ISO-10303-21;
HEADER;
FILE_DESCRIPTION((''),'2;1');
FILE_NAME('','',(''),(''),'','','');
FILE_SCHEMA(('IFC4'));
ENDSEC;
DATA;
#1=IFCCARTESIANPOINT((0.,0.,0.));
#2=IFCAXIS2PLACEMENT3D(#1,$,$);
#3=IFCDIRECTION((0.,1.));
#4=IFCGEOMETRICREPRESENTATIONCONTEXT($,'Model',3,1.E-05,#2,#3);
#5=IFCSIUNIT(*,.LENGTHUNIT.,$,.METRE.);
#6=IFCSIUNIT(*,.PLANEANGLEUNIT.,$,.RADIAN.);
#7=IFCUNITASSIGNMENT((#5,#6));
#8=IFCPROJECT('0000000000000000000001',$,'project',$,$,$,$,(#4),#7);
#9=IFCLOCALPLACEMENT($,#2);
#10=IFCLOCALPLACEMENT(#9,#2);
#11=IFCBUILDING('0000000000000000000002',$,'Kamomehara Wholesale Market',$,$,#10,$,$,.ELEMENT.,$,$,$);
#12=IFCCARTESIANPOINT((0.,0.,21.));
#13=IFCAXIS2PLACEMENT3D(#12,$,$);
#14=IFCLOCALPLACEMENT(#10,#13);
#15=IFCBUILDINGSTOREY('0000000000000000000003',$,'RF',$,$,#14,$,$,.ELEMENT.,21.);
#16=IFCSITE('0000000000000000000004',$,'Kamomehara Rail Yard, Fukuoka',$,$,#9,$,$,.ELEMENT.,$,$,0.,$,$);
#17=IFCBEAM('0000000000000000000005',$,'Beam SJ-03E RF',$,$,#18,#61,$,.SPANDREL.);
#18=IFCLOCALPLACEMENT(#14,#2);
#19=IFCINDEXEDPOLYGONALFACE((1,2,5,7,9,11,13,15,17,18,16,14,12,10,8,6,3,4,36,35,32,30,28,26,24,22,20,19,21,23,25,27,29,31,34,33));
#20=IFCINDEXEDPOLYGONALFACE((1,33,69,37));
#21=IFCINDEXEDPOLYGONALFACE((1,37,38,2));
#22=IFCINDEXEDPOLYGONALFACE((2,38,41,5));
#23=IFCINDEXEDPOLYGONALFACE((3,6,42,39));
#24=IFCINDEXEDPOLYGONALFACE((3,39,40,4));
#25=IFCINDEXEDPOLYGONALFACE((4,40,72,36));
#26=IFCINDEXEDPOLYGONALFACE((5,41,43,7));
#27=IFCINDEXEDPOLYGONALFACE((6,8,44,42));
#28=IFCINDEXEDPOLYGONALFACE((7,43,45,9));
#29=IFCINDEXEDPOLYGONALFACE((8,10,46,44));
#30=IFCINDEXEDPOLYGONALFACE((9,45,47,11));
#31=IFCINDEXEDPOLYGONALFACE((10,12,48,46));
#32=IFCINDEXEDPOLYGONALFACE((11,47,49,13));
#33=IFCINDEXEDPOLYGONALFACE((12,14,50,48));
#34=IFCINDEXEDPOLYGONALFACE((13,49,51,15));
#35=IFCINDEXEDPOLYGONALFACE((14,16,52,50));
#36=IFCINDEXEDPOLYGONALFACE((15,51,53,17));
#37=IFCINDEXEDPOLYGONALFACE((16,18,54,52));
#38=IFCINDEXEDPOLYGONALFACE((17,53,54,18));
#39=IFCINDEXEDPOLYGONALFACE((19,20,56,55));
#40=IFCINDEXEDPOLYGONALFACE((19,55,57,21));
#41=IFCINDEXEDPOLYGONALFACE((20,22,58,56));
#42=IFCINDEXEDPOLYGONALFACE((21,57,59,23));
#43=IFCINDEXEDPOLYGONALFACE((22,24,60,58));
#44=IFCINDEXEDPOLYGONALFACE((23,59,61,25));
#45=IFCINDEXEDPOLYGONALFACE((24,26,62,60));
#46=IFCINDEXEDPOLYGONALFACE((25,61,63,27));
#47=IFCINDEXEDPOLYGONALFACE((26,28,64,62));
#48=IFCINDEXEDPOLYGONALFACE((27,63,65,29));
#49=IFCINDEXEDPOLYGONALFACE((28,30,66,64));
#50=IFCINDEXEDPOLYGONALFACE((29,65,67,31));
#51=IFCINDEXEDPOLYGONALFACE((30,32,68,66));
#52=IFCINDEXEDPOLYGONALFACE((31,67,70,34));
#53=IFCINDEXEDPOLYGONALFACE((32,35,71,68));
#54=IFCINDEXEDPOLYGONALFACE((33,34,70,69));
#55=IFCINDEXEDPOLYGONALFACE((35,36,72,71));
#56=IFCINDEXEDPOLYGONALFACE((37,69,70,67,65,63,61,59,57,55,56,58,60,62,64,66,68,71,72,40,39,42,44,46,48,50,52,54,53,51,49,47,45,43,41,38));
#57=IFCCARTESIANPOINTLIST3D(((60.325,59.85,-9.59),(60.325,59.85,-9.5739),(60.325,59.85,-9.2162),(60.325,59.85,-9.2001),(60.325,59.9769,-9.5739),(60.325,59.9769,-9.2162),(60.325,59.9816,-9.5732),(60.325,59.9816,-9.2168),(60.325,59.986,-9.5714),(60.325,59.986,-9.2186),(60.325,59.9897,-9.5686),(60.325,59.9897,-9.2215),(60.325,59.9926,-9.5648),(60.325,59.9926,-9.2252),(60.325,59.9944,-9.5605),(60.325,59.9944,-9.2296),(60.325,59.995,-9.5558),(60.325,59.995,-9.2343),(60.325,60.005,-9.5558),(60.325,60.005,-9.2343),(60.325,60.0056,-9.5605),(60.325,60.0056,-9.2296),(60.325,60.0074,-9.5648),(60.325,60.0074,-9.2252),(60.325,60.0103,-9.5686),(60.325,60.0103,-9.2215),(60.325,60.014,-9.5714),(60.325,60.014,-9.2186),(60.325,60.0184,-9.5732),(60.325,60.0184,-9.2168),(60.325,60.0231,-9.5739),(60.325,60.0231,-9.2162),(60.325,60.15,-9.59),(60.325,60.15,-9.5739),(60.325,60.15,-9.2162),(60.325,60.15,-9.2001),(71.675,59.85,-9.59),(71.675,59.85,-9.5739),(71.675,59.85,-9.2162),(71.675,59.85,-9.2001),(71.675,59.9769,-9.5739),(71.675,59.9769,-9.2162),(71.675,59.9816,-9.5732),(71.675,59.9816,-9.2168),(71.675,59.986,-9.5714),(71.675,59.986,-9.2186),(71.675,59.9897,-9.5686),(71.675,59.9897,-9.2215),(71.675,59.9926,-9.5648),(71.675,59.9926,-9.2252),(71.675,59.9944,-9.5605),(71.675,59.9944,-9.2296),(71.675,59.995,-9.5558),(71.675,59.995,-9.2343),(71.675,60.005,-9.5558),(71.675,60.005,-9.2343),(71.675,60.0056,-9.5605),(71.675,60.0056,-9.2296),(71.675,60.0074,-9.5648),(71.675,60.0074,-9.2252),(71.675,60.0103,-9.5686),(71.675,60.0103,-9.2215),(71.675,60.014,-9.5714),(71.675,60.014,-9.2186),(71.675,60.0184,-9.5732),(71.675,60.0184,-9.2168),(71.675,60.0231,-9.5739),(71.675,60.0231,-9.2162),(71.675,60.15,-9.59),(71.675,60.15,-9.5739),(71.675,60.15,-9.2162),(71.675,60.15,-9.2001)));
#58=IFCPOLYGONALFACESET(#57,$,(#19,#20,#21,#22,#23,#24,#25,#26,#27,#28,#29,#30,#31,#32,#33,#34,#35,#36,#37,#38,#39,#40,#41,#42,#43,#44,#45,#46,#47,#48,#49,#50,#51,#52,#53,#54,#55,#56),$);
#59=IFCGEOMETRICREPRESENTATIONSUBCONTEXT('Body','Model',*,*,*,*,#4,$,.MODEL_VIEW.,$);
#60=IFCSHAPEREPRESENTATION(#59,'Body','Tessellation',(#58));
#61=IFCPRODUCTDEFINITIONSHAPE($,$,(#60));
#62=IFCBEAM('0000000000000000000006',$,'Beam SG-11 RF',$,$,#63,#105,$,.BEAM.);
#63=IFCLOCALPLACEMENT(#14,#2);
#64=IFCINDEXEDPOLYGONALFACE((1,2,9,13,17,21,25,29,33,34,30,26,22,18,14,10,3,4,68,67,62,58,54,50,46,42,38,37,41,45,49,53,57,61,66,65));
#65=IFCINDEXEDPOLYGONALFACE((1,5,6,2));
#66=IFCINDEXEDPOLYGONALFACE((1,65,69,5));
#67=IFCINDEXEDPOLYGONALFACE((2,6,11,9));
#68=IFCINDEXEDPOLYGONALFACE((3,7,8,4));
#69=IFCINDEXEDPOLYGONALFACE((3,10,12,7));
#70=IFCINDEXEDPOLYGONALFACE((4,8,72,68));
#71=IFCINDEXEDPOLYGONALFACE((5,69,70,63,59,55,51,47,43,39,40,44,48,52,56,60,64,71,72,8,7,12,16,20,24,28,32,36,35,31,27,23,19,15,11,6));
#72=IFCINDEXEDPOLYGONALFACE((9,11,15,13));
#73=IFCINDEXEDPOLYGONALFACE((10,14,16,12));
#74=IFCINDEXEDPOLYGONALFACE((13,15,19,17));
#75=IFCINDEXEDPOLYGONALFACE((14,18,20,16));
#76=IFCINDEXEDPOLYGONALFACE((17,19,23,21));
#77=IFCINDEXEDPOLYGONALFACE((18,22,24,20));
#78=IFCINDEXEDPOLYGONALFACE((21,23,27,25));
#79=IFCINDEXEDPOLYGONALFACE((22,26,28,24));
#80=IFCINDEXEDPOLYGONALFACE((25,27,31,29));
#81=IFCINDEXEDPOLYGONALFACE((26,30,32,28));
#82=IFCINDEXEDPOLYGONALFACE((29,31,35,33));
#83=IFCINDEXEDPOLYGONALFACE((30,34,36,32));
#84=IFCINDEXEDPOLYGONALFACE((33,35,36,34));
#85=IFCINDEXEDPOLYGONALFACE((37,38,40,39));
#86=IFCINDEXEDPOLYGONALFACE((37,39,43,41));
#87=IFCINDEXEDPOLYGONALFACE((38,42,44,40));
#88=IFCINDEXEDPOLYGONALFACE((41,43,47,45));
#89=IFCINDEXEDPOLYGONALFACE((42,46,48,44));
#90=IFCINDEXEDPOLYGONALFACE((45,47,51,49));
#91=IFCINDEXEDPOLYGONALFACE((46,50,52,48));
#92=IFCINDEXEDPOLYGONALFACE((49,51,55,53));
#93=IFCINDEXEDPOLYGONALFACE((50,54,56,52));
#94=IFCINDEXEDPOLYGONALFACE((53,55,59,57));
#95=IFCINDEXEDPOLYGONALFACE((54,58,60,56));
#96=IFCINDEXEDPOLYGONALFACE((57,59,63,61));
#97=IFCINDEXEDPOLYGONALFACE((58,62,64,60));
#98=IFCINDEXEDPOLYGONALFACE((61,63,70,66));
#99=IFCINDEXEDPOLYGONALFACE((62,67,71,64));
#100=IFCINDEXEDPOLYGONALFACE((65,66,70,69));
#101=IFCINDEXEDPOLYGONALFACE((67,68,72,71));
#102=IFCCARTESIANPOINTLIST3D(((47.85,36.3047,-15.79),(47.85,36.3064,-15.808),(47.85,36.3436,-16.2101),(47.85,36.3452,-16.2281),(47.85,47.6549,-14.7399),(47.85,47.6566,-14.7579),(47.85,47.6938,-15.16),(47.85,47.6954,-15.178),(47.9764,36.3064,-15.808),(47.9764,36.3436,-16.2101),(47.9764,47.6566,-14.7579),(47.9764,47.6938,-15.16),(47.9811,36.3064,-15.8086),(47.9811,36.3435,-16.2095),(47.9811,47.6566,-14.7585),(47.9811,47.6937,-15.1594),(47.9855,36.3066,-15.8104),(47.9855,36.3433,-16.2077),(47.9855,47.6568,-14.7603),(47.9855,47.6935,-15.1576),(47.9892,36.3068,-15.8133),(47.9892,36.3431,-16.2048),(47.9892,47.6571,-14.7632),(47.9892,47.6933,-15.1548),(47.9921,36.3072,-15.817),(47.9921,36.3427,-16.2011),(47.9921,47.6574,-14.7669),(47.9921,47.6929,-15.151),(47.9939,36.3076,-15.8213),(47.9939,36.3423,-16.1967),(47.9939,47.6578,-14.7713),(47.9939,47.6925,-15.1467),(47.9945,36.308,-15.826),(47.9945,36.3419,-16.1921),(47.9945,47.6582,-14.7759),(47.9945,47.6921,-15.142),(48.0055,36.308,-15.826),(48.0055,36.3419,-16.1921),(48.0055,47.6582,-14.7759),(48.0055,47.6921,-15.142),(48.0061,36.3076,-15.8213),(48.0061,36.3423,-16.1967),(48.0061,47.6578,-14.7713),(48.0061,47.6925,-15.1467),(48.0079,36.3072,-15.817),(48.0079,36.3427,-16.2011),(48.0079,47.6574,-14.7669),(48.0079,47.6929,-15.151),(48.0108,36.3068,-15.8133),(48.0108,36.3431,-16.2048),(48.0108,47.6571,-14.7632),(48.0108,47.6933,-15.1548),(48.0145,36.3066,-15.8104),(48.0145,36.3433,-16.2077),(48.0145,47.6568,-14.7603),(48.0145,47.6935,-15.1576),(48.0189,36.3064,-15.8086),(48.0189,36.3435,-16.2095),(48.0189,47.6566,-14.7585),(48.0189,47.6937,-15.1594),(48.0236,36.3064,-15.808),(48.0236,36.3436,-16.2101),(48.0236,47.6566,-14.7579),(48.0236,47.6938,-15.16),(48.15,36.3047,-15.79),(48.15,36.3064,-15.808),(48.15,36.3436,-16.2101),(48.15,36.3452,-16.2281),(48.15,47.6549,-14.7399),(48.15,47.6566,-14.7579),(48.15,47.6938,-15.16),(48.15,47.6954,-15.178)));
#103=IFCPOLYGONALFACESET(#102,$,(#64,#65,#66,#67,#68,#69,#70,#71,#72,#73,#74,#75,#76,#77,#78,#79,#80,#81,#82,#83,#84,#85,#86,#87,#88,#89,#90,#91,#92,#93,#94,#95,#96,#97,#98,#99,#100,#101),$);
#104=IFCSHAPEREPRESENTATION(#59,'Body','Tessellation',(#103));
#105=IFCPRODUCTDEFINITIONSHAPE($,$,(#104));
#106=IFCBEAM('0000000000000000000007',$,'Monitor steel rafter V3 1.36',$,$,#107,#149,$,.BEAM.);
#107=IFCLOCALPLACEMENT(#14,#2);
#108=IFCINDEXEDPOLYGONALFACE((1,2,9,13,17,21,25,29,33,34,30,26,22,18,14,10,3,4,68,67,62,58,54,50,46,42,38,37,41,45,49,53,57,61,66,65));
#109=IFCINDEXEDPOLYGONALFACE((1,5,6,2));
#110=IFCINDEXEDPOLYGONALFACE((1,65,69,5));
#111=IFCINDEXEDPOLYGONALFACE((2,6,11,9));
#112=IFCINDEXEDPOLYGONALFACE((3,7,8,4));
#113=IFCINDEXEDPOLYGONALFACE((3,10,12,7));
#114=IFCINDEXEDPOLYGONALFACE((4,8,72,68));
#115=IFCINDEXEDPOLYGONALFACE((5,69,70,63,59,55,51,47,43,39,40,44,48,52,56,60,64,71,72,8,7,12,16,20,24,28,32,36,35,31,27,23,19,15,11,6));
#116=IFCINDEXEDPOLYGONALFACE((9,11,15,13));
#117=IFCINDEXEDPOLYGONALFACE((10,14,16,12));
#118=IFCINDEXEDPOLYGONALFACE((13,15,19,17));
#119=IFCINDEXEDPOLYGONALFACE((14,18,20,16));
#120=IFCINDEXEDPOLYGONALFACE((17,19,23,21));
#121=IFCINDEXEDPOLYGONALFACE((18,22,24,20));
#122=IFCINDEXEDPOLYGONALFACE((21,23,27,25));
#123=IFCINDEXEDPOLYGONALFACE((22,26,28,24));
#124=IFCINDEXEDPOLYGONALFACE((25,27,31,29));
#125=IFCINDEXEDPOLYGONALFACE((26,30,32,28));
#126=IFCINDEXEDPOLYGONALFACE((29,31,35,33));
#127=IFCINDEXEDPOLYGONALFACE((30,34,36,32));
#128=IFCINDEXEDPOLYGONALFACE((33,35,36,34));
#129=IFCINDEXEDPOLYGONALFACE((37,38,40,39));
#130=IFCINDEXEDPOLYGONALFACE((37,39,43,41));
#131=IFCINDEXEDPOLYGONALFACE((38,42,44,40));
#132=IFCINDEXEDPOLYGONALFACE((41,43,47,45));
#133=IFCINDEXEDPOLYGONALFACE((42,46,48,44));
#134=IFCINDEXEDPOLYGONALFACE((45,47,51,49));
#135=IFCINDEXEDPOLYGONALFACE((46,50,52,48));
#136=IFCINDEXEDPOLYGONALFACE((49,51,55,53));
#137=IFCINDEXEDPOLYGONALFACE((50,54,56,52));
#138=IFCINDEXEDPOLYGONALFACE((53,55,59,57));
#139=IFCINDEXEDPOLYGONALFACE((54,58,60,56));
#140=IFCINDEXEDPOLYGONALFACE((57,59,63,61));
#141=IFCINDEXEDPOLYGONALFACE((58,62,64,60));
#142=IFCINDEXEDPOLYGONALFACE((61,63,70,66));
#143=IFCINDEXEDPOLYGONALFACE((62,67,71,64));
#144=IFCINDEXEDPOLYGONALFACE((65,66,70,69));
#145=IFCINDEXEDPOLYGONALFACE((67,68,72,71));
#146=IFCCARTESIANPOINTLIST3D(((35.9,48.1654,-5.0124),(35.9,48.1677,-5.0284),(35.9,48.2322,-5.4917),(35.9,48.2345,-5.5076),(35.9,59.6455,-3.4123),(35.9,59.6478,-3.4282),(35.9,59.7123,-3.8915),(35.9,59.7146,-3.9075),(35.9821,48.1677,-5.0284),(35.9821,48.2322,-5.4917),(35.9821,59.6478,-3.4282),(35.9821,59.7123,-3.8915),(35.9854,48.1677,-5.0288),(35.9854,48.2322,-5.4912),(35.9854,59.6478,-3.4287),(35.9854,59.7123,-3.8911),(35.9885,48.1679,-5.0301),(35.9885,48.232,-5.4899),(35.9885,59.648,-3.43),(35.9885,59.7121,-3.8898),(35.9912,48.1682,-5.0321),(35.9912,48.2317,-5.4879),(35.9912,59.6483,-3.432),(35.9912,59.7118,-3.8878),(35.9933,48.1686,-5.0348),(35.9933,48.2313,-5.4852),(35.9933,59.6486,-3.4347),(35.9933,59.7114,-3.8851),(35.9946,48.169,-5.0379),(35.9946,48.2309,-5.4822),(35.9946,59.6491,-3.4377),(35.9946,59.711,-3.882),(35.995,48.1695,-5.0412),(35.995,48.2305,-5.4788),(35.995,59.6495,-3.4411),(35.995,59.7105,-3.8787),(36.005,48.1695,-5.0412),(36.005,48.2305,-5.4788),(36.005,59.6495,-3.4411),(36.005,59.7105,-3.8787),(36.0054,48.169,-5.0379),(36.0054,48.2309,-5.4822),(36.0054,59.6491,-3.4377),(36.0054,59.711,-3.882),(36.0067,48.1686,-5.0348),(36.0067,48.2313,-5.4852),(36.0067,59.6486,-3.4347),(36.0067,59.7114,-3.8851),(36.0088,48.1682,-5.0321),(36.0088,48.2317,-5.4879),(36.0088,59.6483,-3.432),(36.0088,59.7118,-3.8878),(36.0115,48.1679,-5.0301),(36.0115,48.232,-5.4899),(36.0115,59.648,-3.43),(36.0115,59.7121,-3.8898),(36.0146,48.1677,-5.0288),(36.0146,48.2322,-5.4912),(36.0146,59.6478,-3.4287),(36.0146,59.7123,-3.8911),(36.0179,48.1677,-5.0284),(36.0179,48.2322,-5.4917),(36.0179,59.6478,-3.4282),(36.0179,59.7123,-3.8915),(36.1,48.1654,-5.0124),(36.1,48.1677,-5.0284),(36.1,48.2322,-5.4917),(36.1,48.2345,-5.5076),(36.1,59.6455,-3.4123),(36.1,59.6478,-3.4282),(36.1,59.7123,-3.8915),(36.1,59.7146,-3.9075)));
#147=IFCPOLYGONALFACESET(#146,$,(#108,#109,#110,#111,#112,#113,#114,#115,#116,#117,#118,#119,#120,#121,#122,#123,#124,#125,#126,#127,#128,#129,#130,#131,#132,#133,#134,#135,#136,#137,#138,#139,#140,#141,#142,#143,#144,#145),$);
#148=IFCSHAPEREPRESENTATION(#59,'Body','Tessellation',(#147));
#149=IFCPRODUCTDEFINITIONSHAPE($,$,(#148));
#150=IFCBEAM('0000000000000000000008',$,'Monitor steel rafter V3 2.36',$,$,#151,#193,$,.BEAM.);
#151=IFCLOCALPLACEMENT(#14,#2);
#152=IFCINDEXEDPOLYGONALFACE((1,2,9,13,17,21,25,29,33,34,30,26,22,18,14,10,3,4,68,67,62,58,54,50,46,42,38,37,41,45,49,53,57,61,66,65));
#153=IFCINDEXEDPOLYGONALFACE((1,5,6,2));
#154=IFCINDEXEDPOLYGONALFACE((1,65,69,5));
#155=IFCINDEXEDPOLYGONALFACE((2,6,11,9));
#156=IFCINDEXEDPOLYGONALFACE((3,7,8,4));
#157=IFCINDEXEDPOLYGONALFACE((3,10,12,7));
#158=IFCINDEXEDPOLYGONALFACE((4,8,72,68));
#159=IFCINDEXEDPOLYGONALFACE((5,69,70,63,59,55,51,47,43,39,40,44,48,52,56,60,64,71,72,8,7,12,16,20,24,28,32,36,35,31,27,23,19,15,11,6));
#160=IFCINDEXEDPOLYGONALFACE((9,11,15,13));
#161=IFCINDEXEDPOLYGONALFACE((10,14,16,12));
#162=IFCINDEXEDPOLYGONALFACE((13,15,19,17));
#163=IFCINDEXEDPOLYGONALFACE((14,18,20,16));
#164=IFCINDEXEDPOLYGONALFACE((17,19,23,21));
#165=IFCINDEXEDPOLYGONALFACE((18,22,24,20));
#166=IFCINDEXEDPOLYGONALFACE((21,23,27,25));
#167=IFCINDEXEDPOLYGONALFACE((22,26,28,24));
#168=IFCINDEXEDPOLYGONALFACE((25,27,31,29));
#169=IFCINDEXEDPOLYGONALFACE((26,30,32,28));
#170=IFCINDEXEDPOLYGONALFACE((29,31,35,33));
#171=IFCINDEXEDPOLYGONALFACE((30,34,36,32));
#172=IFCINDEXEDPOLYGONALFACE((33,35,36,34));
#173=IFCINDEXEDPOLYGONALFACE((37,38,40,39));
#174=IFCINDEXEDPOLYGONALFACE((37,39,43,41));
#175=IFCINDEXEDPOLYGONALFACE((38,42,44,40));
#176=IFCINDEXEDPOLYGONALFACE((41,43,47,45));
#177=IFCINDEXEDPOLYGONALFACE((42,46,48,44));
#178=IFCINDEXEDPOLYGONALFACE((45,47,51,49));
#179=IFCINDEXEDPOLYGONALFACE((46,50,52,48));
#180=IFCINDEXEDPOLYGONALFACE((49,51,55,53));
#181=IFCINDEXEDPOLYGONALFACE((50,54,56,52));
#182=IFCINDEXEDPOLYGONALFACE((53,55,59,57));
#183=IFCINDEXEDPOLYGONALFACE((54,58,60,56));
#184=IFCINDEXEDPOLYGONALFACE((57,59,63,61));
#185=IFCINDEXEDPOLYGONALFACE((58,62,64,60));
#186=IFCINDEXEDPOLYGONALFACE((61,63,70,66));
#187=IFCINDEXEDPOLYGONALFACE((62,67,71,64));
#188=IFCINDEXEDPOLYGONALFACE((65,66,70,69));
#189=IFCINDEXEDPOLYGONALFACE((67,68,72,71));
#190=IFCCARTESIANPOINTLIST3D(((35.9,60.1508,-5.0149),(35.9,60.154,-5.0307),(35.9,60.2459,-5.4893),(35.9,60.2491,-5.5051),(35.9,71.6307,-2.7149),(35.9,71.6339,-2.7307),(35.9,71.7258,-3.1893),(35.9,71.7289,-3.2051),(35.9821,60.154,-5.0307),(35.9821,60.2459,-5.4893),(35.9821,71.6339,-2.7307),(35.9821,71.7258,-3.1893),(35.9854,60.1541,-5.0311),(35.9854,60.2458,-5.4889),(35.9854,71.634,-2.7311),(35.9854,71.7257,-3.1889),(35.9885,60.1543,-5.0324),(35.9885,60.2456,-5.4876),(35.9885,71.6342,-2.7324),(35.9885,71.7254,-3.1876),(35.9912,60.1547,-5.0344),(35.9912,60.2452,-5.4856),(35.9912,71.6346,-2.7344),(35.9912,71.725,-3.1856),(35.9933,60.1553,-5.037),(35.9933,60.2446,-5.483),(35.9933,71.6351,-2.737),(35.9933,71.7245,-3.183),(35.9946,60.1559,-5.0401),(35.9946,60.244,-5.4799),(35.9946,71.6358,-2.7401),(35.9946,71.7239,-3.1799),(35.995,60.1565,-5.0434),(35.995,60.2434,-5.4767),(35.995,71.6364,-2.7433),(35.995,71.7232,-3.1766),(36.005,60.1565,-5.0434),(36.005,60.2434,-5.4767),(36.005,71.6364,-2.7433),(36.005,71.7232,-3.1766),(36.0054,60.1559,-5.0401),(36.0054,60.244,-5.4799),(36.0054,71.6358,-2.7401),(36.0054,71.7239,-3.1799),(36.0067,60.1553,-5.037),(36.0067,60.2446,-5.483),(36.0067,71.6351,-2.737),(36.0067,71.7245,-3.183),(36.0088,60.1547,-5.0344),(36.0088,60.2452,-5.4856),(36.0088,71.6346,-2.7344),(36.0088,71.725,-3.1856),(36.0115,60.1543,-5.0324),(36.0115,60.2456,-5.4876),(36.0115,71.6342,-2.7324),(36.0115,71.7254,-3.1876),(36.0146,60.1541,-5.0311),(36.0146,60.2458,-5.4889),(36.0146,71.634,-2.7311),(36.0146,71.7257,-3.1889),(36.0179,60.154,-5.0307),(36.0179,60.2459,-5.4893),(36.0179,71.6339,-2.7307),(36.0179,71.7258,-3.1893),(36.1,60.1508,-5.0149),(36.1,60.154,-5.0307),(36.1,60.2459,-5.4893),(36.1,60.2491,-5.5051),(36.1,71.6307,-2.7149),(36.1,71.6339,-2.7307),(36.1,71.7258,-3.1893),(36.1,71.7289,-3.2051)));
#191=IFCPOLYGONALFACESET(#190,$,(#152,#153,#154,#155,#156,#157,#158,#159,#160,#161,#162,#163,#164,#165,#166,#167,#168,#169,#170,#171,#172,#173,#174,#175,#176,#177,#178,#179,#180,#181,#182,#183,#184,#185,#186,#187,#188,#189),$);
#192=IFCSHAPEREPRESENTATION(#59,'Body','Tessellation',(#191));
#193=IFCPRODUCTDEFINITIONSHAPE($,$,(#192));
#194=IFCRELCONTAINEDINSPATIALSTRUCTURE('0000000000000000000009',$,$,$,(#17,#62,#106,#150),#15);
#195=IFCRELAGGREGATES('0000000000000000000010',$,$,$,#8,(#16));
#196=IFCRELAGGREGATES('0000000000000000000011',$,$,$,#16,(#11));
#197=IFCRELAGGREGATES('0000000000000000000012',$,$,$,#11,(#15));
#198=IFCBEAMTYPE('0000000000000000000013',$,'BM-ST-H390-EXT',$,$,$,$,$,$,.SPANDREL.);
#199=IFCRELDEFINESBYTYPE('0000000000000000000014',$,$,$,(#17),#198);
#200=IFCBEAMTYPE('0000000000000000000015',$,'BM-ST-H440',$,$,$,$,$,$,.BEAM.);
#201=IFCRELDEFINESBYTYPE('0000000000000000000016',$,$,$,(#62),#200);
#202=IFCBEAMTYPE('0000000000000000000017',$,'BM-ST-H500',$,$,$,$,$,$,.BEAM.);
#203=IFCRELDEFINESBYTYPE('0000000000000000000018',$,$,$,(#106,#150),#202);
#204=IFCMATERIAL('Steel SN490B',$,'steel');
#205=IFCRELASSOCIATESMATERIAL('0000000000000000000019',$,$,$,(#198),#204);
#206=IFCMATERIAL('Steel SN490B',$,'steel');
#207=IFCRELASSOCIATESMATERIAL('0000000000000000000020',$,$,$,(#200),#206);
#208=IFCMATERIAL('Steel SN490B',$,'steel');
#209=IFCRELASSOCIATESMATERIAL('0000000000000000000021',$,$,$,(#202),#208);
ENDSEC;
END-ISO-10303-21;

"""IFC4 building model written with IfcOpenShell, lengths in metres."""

from ifc_helpers import new_model, si_unit, direction, frame, origin, origin_2d, place, context, subcontext, project, spatial, i_section, extrude, material, material_profile, profile_set, type_object, element, save


model = new_model("IFC4")

# Units and contexts
model_context = context("Model", 3, precision=1e-05, world=origin(), true_north=direction((0.0, 1.0)))
body_context = subcontext(model_context, "Body", "Model", "MODEL_VIEW")
ifc_project = project(units=[si_unit("LENGTHUNIT", "METRE"), si_unit("PLANEANGLEUNIT", "RADIAN")], contexts=[model_context])

# Site, building, storey
site_placement = place(None, origin())
site = spatial("IfcSite", under=ifc_project, at=site_placement, Name="Kamomehara Rail Yard, Fukuoka", CompositionType="ELEMENT", RefElevation=0.0)
building_placement = place(site_placement, origin())
building = spatial("IfcBuilding", under=site, at=building_placement, Name="Kamomehara Wholesale Market", CompositionType="ELEMENT")
storey_placement = place(building_placement, frame((0.0, 0.0, 21.0)))
storey = spatial("IfcBuildingStorey", under=building, at=storey_placement, Name="RF", CompositionType="ELEMENT", Elevation=21.0)

# Beams
ifc_material_1 = material(Name="Steel SN490B", Category="steel")
ifc_material_profile_1 = material_profile(ifc_material_1, i_section(OverallWidth=0.3, OverallDepth=0.3899, WebThickness=0.01, FlangeThickness=0.0161, FilletRadius=0.0181, at=origin_2d()), Name="H-390x300x10x16")
ifc_profile_set_1 = profile_set([ifc_material_profile_1], Name="Steel SN490B")
beam_type_1 = type_object("IfcBeamType", Name="BM-ST-H390-EXT", PredefinedType="SPANDREL", material=ifc_profile_set_1)
for number, where, z_axis, x_axis, name in (
    (1, (60.325, 60.0, -9.395), (1.0, 0.0, 0.0), (0.0, 1.0, 0.0), "Beam SJ-03E RF"),
):
    element("IfcBeam", number, at=place(storey_placement, frame(where, z_axis=z_axis, x_axis=x_axis)), inside=storey, type_object=beam_type_1, Name=name, PredefinedType="SPANDREL", context=body_context, shape_type="SweptSolid", body=[
        extrude(i_section(OverallWidth=0.3, OverallDepth=0.3899, WebThickness=0.01, FlangeThickness=0.0161, FilletRadius=0.0181, at=origin_2d()), origin(), (0.0, 0.0, 1.0), 11.3501),
    ])
ifc_material_2 = material(Name="Steel SN490B", Category="steel")
ifc_material_profile_2 = material_profile(ifc_material_2, i_section(OverallWidth=0.3, OverallDepth=0.4399, WebThickness=0.011, FlangeThickness=0.0181, FilletRadius=0.0181, at=origin_2d()), Name="H-440x300x11x18")
ifc_profile_set_2 = profile_set([ifc_material_profile_2], Name="Steel SN490B")
beam_type_2 = type_object("IfcBeamType", Name="BM-ST-H440", PredefinedType="BEAM", material=ifc_profile_set_2)
beam_1_placement = place(storey_placement, frame((48.0, 36.325, -16.009), z_axis=(0.0, 0.995748, 0.092121), x_axis=(-1.0, 0.0, 0.0)))
element("IfcBeam", 2, at=beam_1_placement, inside=storey, type_object=beam_type_2, Name="Beam SG-11 RF", PredefinedType="BEAM", context=body_context, shape_type="SweptSolid", body=[
    extrude(i_section(OverallWidth=0.3, OverallDepth=0.4399, WebThickness=0.011, FlangeThickness=0.0181, FilletRadius=0.0181, at=origin_2d()), origin(), (0.0, 0.0, 1.0), 11.3987),
])
ifc_material_3 = material(Name="Steel SN490B", Category="steel")
ifc_material_profile_3 = material_profile(ifc_material_3, i_section(OverallWidth=0.2, OverallDepth=0.5, WebThickness=0.01, FlangeThickness=0.0161, FilletRadius=0.0129, at=origin_2d()), Name="H-500x200x10x16")
ifc_profile_set_3 = profile_set([ifc_material_profile_3], Name="Steel SN490B")
beam_type_3 = type_object("IfcBeamType", Name="BM-ST-H500", PredefinedType="BEAM", material=ifc_profile_set_3)
beam_2_placement = place(storey_placement, frame((36.0, 48.2, -5.26), z_axis=(0.0, 0.990426, 0.138047), x_axis=(-1.0, 0.0, 0.0)))
element("IfcBeam", 3, at=beam_2_placement, inside=storey, type_object=beam_type_3, Name="Monitor steel rafter V3 1.36", PredefinedType="BEAM", context=body_context, shape_type="SweptSolid", body=[
    extrude(i_section(OverallWidth=0.2, OverallDepth=0.5, WebThickness=0.01, FlangeThickness=0.0161, FilletRadius=0.0129, at=origin_2d()), origin(), (0.0, 0.0, 1.0), 11.5911),
])
beam_3_placement = place(storey_placement, frame((36.0, 60.2, -5.26), z_axis=(0.0, 0.980514, 0.196449), x_axis=(-1.0, 0.0, 0.0)))
element("IfcBeam", 4, at=beam_3_placement, inside=storey, type_object=beam_type_3, Name="Monitor steel rafter V3 2.36", PredefinedType="BEAM", context=body_context, shape_type="SweptSolid", body=[
    extrude(i_section(OverallWidth=0.2, OverallDepth=0.5, WebThickness=0.01, FlangeThickness=0.0161, FilletRadius=0.0129, at=origin_2d()), origin(), (0.0, 0.0, 1.0), 11.708),
])

save(model, "model.ifc")
